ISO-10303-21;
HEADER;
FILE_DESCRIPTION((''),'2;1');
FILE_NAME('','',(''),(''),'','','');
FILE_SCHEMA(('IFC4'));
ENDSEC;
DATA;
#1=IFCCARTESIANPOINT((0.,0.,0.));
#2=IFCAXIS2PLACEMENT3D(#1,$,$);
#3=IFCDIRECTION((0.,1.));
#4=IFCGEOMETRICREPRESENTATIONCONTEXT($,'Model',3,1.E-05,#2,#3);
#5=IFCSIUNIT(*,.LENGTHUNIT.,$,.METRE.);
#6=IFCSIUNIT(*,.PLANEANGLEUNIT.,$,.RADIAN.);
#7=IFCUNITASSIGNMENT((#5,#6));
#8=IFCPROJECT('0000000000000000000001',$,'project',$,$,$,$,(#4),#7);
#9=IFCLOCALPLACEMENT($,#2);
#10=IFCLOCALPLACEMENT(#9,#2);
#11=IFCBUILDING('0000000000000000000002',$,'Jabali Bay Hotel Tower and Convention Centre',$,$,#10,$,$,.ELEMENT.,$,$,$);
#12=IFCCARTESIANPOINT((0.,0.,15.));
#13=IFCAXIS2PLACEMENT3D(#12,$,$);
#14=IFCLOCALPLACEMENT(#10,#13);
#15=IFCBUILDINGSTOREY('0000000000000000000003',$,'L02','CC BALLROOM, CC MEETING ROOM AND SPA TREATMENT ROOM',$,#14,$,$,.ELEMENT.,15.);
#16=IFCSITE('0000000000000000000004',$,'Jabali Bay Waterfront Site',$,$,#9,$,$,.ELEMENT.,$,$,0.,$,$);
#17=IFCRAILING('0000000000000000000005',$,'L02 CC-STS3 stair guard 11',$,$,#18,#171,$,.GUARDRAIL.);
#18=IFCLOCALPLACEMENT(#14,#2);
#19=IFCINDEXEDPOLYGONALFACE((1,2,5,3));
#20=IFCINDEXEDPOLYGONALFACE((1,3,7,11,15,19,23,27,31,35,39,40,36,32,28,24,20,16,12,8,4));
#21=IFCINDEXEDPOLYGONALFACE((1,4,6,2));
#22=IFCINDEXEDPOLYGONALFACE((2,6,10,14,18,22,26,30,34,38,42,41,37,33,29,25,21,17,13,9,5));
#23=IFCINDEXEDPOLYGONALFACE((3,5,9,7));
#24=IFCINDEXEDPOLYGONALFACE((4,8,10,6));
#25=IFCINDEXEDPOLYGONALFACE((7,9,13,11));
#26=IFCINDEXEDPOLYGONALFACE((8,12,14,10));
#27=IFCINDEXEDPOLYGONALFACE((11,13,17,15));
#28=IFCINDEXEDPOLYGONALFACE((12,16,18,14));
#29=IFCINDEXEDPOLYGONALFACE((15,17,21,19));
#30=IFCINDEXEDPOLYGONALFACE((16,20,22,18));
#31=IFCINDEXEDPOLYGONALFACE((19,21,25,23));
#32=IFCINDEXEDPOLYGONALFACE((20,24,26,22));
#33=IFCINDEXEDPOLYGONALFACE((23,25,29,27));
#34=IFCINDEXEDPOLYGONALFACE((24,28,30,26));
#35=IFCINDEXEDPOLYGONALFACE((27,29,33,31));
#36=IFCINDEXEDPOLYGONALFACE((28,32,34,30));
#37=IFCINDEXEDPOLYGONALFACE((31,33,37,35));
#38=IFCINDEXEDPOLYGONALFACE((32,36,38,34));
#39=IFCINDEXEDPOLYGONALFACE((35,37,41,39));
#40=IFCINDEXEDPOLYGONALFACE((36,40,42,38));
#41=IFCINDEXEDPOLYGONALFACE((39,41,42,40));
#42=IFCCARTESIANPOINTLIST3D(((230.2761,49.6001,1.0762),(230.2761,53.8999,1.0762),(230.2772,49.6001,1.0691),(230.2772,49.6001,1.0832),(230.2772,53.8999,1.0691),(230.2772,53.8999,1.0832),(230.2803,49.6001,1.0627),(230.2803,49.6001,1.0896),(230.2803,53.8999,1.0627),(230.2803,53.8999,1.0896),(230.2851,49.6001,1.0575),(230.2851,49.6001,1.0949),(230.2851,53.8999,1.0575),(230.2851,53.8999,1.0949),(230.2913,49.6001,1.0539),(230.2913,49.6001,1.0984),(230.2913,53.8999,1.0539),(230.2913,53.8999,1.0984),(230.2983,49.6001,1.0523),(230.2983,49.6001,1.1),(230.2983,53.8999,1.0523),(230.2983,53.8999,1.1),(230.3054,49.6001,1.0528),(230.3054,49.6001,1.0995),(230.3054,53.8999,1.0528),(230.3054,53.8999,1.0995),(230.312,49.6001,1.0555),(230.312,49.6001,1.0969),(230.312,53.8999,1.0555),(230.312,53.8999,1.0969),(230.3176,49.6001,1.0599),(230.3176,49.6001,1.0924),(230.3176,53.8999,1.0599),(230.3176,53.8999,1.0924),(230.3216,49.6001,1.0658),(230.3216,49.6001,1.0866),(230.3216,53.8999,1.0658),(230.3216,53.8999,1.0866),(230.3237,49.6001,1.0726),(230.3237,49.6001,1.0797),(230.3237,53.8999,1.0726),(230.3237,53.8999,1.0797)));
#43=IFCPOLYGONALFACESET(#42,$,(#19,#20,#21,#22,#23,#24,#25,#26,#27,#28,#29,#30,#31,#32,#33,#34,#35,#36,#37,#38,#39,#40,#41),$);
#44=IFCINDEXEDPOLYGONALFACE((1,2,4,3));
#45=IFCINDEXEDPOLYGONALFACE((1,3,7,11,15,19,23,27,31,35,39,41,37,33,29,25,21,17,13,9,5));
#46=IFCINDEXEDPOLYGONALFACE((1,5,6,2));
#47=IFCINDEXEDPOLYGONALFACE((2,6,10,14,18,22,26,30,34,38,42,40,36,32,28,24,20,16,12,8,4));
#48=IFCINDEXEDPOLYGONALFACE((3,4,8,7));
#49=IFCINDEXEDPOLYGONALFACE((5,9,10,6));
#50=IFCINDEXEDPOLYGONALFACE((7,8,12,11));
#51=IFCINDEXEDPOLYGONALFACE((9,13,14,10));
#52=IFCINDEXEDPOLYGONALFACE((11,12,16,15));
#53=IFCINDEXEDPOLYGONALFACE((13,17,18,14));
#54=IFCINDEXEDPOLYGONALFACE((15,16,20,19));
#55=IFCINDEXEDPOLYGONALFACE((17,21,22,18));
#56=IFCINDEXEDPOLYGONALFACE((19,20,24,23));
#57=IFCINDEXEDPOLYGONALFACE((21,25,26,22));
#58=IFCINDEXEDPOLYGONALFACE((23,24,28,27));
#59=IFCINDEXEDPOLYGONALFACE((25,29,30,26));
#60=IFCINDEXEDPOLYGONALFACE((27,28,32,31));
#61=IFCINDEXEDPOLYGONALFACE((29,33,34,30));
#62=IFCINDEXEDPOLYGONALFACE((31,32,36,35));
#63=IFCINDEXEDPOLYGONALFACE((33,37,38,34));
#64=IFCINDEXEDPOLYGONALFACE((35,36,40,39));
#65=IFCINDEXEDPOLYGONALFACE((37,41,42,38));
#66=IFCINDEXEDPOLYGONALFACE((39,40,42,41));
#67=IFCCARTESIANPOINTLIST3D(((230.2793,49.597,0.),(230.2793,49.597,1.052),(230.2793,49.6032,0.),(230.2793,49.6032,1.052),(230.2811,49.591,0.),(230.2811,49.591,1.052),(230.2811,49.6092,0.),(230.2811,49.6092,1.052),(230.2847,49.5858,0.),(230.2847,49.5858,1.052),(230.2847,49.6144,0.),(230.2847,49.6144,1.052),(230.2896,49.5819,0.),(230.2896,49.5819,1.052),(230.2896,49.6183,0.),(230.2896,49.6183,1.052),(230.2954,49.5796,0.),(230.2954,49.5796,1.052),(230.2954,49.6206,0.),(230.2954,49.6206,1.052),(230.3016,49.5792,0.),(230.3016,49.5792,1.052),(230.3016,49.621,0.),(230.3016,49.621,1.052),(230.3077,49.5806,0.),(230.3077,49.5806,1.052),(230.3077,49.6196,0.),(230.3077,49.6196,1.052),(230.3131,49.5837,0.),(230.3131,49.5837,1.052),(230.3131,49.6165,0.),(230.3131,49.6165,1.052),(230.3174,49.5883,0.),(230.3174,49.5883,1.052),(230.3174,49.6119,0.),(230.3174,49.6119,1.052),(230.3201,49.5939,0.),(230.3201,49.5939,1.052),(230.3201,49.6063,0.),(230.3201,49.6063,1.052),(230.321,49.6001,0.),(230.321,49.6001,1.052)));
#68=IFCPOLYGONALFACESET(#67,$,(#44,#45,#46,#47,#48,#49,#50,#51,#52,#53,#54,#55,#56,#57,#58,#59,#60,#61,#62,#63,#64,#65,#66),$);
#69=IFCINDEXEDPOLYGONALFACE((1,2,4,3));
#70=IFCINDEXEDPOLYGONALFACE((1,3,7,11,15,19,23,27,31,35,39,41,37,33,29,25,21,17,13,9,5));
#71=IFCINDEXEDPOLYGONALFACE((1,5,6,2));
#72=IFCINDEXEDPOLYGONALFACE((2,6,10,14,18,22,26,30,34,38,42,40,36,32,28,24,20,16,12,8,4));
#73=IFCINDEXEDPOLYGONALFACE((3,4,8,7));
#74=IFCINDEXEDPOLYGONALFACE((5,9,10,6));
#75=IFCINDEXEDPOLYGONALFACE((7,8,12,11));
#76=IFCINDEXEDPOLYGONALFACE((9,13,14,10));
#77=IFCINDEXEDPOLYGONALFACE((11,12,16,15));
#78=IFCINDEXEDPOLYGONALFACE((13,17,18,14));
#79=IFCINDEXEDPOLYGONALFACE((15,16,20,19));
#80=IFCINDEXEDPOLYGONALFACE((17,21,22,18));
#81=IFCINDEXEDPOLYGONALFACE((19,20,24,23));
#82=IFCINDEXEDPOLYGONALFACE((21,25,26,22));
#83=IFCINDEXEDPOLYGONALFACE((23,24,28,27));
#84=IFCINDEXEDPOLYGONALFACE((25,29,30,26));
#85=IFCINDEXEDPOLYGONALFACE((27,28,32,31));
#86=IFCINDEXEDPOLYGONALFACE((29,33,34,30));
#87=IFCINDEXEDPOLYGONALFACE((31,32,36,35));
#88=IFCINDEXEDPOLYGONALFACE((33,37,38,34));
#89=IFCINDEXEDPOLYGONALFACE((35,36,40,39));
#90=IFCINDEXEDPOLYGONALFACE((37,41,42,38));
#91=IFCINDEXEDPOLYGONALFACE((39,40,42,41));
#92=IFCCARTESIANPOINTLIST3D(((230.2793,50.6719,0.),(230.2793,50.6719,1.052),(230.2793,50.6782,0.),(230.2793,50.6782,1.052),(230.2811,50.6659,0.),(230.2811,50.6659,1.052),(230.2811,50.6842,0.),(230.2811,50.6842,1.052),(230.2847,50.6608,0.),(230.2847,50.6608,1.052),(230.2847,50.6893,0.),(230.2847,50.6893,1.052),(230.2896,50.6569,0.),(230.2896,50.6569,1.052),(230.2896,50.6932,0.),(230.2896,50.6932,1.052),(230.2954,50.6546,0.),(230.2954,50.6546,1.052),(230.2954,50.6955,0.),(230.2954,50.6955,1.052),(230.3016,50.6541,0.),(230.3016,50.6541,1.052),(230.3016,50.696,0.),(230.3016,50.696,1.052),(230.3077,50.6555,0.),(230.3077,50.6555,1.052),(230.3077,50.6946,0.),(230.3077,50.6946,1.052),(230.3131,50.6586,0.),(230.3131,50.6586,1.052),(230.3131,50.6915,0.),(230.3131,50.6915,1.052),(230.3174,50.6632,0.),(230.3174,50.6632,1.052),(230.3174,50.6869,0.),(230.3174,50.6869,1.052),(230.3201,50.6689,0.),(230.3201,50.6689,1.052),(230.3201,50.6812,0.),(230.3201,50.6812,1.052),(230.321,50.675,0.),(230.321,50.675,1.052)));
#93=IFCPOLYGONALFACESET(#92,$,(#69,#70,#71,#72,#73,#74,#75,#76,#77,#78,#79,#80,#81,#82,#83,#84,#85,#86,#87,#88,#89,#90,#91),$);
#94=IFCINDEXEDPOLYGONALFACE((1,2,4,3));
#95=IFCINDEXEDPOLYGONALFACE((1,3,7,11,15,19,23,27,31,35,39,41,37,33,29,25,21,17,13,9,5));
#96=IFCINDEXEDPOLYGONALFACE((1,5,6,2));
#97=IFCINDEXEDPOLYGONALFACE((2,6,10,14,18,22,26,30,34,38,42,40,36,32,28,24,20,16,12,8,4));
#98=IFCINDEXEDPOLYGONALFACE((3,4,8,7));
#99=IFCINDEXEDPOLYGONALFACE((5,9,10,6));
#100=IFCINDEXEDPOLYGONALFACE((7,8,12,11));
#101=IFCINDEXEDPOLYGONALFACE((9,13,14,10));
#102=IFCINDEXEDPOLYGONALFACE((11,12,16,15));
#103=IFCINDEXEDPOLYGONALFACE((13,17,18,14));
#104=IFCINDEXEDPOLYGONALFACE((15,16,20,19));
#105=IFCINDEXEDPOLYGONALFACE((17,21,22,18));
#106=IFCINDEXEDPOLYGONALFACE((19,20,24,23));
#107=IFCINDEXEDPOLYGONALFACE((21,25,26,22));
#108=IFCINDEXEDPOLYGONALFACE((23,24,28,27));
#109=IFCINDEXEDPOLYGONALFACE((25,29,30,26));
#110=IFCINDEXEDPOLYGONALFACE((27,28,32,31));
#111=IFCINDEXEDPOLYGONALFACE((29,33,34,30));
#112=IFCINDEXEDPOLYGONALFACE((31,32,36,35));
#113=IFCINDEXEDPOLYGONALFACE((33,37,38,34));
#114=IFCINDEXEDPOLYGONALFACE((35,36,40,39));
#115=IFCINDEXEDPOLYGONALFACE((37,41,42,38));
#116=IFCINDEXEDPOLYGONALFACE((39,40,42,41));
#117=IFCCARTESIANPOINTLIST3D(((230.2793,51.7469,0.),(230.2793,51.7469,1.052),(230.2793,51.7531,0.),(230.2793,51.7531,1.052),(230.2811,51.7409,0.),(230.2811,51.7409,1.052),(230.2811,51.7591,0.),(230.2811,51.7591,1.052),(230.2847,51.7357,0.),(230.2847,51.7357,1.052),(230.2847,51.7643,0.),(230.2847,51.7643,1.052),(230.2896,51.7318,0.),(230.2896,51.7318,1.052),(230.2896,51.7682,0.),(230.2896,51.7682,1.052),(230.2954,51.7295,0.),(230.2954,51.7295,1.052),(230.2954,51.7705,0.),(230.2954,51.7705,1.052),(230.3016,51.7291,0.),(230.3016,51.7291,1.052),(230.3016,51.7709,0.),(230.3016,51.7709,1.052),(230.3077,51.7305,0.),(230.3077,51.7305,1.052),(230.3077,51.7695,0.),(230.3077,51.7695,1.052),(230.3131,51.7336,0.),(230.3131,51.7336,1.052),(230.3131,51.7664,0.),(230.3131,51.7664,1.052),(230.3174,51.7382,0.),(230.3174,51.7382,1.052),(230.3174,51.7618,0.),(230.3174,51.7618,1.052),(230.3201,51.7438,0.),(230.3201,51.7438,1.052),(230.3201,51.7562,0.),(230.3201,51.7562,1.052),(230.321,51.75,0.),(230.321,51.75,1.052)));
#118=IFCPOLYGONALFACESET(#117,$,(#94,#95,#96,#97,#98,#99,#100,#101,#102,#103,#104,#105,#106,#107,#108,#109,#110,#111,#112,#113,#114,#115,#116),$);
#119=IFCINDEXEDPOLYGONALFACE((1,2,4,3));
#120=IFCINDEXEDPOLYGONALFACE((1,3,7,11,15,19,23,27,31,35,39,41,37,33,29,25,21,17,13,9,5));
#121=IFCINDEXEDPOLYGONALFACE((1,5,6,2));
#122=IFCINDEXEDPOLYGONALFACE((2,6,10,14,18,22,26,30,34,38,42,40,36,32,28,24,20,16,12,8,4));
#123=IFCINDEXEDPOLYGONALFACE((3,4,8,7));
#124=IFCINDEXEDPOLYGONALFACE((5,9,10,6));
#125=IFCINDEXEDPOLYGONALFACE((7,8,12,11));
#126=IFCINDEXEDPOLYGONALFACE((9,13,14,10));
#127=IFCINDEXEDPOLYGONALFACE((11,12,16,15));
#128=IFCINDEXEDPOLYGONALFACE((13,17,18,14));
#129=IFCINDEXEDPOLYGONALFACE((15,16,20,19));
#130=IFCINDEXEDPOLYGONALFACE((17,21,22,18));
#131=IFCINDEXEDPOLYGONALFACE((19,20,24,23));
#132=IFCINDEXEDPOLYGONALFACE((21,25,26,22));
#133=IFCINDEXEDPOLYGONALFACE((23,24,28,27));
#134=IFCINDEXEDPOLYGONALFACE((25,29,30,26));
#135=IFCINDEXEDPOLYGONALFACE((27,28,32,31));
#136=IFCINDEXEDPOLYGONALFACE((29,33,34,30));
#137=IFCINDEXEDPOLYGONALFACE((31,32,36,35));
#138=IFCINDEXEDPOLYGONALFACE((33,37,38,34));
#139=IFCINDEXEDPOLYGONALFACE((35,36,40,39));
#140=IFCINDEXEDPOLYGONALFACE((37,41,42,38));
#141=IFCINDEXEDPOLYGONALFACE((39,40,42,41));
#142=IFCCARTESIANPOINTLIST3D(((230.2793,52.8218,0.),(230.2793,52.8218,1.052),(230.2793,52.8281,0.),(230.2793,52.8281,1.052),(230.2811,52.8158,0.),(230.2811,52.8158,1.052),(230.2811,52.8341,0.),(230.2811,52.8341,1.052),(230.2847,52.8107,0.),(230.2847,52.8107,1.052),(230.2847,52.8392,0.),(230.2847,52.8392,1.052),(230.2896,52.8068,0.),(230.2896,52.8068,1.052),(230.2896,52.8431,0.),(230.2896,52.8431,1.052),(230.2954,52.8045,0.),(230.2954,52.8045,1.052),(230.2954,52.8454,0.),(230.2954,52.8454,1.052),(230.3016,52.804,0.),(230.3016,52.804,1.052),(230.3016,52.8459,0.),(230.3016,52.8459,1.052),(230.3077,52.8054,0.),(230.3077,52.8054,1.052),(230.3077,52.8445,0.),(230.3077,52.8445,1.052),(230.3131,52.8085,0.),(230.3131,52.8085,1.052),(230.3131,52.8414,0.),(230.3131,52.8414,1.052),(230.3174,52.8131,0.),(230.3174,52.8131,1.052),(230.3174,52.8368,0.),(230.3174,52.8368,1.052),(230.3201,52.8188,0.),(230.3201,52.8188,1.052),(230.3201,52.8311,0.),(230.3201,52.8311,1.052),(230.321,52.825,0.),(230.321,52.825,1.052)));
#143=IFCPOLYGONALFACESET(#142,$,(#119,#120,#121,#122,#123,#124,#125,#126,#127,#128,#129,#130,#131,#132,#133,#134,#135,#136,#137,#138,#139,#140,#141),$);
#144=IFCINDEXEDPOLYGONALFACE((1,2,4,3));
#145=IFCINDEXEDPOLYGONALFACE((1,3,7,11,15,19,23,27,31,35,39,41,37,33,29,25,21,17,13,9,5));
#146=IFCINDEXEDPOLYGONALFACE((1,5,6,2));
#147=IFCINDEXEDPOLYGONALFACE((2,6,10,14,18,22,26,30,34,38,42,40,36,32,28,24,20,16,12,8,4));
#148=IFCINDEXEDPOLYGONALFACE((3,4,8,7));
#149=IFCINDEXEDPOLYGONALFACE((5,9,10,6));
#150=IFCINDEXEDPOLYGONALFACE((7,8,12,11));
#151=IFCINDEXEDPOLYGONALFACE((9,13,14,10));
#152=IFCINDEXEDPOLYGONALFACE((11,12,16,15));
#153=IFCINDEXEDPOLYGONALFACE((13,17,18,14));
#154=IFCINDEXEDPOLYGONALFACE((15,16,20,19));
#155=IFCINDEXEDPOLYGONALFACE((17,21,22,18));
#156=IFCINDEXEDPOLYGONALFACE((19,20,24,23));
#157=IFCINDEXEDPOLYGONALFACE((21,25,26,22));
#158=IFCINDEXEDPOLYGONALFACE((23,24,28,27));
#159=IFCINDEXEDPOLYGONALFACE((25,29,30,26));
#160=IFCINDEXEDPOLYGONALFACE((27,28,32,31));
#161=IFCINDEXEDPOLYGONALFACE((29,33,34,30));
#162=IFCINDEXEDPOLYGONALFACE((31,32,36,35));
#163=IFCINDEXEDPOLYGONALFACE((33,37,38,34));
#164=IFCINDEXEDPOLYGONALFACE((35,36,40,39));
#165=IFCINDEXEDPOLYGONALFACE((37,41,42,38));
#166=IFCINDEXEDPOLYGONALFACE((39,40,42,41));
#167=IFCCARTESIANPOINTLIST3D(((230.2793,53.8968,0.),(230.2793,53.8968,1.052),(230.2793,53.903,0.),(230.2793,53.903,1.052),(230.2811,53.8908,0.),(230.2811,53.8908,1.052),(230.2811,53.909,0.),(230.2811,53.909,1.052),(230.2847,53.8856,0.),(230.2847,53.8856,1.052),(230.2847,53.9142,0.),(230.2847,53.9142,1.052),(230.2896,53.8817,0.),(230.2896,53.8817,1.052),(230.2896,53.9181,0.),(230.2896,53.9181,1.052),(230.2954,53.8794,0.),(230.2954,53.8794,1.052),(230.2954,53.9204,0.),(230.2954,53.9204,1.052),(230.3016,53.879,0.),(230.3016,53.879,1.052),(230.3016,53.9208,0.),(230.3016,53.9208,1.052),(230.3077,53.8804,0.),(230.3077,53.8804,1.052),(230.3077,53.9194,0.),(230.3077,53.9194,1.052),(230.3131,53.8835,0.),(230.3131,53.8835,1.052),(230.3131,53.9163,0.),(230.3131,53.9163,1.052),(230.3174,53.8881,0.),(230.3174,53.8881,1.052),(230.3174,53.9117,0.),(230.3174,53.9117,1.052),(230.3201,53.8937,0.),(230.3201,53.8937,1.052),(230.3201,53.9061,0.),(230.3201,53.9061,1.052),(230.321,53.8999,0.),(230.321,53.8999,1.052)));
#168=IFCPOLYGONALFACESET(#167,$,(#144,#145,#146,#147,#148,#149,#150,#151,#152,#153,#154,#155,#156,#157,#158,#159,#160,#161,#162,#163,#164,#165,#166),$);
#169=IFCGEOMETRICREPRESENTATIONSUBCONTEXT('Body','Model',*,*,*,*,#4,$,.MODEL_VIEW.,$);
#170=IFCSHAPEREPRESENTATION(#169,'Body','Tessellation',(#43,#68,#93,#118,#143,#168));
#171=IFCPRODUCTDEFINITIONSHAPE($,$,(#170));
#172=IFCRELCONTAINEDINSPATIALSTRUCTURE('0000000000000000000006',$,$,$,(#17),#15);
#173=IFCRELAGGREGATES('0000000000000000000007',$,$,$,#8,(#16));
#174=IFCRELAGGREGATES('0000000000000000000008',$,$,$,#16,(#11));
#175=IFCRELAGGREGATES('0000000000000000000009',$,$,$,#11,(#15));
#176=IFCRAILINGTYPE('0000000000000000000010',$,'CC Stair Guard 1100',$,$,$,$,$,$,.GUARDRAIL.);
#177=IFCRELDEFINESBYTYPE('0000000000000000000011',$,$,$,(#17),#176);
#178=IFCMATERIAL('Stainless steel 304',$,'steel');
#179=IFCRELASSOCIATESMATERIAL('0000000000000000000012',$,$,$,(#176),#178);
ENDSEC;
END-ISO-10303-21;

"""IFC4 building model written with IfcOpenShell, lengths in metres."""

from ifc_helpers import new_model, si_unit, direction, frame, origin, origin_2d, place, context, subcontext, project, spatial, circle, extrude, material, type_object, element, save


model = new_model("IFC4")

# Units and contexts
model_context = context("Model", 3, precision=1e-05, world=origin(), true_north=direction((0.0, 1.0)))
body_context = subcontext(model_context, "Body", "Model", "MODEL_VIEW")
ifc_project = project(units=[si_unit("LENGTHUNIT", "METRE"), si_unit("PLANEANGLEUNIT", "RADIAN")], contexts=[model_context])

# Site, building, storey
site_placement = place(None, origin())
site = spatial("IfcSite", under=ifc_project, at=site_placement, Name="Jabali Bay Waterfront Site", CompositionType="ELEMENT", RefElevation=0.0)
building_placement = place(site_placement, origin())
building = spatial("IfcBuilding", under=site, at=building_placement, Name="Jabali Bay Hotel Tower and Convention Centre", CompositionType="ELEMENT")
storey_placement = place(building_placement, frame((0.0, 0.0, 15.0)))
storey = spatial("IfcBuildingStorey", under=building, at=storey_placement, Name="L02", Description="CC BALLROOM, CC MEETING ROOM AND SPA TREATMENT ROOM", CompositionType="ELEMENT", Elevation=15.0)

# Railing
ifc_material_1 = material(Name="Stainless steel 304", Category="steel")
railing_type_1 = type_object("IfcRailingType", Name="CC Stair Guard 1100", PredefinedType="GUARDRAIL", material=ifc_material_1)
railing_1_placement = place(storey_placement, frame((230.3, 49.6001, 0.0)))
element("IfcRailing", 1, at=railing_1_placement, inside=storey, type_object=railing_type_1, Name="L02 CC-STS3 stair guard 11", PredefinedType="GUARDRAIL", context=body_context, shape_type="SweptSolid", body=[
    extrude(circle(Radius=0.0239, at=origin_2d()), frame((0.0, 0.0, 1.0762), z_axis=(0.0, 1.0, 0.0), x_axis=(-1.0, 0.0, 0.0)), (0.0, 0.0, 1.0), 4.2998),
    extrude(circle(Radius=0.021, at=origin_2d()), origin(), (0.0, 0.0, 1.0), 1.052),
    extrude(circle(Radius=0.021, at=origin_2d()), frame((0.0, 1.075, 0.0)), (0.0, 0.0, 1.0), 1.052),
    extrude(circle(Radius=0.021, at=origin_2d()), frame((0.0, 2.1499, 0.0)), (0.0, 0.0, 1.0), 1.052),
    extrude(circle(Radius=0.021, at=origin_2d()), frame((0.0, 3.2249, 0.0)), (0.0, 0.0, 1.0), 1.052),
    extrude(circle(Radius=0.021, at=origin_2d()), frame((0.0, 4.2998, 0.0)), (0.0, 0.0, 1.0), 1.052),
])

save(model, "model.ifc")
